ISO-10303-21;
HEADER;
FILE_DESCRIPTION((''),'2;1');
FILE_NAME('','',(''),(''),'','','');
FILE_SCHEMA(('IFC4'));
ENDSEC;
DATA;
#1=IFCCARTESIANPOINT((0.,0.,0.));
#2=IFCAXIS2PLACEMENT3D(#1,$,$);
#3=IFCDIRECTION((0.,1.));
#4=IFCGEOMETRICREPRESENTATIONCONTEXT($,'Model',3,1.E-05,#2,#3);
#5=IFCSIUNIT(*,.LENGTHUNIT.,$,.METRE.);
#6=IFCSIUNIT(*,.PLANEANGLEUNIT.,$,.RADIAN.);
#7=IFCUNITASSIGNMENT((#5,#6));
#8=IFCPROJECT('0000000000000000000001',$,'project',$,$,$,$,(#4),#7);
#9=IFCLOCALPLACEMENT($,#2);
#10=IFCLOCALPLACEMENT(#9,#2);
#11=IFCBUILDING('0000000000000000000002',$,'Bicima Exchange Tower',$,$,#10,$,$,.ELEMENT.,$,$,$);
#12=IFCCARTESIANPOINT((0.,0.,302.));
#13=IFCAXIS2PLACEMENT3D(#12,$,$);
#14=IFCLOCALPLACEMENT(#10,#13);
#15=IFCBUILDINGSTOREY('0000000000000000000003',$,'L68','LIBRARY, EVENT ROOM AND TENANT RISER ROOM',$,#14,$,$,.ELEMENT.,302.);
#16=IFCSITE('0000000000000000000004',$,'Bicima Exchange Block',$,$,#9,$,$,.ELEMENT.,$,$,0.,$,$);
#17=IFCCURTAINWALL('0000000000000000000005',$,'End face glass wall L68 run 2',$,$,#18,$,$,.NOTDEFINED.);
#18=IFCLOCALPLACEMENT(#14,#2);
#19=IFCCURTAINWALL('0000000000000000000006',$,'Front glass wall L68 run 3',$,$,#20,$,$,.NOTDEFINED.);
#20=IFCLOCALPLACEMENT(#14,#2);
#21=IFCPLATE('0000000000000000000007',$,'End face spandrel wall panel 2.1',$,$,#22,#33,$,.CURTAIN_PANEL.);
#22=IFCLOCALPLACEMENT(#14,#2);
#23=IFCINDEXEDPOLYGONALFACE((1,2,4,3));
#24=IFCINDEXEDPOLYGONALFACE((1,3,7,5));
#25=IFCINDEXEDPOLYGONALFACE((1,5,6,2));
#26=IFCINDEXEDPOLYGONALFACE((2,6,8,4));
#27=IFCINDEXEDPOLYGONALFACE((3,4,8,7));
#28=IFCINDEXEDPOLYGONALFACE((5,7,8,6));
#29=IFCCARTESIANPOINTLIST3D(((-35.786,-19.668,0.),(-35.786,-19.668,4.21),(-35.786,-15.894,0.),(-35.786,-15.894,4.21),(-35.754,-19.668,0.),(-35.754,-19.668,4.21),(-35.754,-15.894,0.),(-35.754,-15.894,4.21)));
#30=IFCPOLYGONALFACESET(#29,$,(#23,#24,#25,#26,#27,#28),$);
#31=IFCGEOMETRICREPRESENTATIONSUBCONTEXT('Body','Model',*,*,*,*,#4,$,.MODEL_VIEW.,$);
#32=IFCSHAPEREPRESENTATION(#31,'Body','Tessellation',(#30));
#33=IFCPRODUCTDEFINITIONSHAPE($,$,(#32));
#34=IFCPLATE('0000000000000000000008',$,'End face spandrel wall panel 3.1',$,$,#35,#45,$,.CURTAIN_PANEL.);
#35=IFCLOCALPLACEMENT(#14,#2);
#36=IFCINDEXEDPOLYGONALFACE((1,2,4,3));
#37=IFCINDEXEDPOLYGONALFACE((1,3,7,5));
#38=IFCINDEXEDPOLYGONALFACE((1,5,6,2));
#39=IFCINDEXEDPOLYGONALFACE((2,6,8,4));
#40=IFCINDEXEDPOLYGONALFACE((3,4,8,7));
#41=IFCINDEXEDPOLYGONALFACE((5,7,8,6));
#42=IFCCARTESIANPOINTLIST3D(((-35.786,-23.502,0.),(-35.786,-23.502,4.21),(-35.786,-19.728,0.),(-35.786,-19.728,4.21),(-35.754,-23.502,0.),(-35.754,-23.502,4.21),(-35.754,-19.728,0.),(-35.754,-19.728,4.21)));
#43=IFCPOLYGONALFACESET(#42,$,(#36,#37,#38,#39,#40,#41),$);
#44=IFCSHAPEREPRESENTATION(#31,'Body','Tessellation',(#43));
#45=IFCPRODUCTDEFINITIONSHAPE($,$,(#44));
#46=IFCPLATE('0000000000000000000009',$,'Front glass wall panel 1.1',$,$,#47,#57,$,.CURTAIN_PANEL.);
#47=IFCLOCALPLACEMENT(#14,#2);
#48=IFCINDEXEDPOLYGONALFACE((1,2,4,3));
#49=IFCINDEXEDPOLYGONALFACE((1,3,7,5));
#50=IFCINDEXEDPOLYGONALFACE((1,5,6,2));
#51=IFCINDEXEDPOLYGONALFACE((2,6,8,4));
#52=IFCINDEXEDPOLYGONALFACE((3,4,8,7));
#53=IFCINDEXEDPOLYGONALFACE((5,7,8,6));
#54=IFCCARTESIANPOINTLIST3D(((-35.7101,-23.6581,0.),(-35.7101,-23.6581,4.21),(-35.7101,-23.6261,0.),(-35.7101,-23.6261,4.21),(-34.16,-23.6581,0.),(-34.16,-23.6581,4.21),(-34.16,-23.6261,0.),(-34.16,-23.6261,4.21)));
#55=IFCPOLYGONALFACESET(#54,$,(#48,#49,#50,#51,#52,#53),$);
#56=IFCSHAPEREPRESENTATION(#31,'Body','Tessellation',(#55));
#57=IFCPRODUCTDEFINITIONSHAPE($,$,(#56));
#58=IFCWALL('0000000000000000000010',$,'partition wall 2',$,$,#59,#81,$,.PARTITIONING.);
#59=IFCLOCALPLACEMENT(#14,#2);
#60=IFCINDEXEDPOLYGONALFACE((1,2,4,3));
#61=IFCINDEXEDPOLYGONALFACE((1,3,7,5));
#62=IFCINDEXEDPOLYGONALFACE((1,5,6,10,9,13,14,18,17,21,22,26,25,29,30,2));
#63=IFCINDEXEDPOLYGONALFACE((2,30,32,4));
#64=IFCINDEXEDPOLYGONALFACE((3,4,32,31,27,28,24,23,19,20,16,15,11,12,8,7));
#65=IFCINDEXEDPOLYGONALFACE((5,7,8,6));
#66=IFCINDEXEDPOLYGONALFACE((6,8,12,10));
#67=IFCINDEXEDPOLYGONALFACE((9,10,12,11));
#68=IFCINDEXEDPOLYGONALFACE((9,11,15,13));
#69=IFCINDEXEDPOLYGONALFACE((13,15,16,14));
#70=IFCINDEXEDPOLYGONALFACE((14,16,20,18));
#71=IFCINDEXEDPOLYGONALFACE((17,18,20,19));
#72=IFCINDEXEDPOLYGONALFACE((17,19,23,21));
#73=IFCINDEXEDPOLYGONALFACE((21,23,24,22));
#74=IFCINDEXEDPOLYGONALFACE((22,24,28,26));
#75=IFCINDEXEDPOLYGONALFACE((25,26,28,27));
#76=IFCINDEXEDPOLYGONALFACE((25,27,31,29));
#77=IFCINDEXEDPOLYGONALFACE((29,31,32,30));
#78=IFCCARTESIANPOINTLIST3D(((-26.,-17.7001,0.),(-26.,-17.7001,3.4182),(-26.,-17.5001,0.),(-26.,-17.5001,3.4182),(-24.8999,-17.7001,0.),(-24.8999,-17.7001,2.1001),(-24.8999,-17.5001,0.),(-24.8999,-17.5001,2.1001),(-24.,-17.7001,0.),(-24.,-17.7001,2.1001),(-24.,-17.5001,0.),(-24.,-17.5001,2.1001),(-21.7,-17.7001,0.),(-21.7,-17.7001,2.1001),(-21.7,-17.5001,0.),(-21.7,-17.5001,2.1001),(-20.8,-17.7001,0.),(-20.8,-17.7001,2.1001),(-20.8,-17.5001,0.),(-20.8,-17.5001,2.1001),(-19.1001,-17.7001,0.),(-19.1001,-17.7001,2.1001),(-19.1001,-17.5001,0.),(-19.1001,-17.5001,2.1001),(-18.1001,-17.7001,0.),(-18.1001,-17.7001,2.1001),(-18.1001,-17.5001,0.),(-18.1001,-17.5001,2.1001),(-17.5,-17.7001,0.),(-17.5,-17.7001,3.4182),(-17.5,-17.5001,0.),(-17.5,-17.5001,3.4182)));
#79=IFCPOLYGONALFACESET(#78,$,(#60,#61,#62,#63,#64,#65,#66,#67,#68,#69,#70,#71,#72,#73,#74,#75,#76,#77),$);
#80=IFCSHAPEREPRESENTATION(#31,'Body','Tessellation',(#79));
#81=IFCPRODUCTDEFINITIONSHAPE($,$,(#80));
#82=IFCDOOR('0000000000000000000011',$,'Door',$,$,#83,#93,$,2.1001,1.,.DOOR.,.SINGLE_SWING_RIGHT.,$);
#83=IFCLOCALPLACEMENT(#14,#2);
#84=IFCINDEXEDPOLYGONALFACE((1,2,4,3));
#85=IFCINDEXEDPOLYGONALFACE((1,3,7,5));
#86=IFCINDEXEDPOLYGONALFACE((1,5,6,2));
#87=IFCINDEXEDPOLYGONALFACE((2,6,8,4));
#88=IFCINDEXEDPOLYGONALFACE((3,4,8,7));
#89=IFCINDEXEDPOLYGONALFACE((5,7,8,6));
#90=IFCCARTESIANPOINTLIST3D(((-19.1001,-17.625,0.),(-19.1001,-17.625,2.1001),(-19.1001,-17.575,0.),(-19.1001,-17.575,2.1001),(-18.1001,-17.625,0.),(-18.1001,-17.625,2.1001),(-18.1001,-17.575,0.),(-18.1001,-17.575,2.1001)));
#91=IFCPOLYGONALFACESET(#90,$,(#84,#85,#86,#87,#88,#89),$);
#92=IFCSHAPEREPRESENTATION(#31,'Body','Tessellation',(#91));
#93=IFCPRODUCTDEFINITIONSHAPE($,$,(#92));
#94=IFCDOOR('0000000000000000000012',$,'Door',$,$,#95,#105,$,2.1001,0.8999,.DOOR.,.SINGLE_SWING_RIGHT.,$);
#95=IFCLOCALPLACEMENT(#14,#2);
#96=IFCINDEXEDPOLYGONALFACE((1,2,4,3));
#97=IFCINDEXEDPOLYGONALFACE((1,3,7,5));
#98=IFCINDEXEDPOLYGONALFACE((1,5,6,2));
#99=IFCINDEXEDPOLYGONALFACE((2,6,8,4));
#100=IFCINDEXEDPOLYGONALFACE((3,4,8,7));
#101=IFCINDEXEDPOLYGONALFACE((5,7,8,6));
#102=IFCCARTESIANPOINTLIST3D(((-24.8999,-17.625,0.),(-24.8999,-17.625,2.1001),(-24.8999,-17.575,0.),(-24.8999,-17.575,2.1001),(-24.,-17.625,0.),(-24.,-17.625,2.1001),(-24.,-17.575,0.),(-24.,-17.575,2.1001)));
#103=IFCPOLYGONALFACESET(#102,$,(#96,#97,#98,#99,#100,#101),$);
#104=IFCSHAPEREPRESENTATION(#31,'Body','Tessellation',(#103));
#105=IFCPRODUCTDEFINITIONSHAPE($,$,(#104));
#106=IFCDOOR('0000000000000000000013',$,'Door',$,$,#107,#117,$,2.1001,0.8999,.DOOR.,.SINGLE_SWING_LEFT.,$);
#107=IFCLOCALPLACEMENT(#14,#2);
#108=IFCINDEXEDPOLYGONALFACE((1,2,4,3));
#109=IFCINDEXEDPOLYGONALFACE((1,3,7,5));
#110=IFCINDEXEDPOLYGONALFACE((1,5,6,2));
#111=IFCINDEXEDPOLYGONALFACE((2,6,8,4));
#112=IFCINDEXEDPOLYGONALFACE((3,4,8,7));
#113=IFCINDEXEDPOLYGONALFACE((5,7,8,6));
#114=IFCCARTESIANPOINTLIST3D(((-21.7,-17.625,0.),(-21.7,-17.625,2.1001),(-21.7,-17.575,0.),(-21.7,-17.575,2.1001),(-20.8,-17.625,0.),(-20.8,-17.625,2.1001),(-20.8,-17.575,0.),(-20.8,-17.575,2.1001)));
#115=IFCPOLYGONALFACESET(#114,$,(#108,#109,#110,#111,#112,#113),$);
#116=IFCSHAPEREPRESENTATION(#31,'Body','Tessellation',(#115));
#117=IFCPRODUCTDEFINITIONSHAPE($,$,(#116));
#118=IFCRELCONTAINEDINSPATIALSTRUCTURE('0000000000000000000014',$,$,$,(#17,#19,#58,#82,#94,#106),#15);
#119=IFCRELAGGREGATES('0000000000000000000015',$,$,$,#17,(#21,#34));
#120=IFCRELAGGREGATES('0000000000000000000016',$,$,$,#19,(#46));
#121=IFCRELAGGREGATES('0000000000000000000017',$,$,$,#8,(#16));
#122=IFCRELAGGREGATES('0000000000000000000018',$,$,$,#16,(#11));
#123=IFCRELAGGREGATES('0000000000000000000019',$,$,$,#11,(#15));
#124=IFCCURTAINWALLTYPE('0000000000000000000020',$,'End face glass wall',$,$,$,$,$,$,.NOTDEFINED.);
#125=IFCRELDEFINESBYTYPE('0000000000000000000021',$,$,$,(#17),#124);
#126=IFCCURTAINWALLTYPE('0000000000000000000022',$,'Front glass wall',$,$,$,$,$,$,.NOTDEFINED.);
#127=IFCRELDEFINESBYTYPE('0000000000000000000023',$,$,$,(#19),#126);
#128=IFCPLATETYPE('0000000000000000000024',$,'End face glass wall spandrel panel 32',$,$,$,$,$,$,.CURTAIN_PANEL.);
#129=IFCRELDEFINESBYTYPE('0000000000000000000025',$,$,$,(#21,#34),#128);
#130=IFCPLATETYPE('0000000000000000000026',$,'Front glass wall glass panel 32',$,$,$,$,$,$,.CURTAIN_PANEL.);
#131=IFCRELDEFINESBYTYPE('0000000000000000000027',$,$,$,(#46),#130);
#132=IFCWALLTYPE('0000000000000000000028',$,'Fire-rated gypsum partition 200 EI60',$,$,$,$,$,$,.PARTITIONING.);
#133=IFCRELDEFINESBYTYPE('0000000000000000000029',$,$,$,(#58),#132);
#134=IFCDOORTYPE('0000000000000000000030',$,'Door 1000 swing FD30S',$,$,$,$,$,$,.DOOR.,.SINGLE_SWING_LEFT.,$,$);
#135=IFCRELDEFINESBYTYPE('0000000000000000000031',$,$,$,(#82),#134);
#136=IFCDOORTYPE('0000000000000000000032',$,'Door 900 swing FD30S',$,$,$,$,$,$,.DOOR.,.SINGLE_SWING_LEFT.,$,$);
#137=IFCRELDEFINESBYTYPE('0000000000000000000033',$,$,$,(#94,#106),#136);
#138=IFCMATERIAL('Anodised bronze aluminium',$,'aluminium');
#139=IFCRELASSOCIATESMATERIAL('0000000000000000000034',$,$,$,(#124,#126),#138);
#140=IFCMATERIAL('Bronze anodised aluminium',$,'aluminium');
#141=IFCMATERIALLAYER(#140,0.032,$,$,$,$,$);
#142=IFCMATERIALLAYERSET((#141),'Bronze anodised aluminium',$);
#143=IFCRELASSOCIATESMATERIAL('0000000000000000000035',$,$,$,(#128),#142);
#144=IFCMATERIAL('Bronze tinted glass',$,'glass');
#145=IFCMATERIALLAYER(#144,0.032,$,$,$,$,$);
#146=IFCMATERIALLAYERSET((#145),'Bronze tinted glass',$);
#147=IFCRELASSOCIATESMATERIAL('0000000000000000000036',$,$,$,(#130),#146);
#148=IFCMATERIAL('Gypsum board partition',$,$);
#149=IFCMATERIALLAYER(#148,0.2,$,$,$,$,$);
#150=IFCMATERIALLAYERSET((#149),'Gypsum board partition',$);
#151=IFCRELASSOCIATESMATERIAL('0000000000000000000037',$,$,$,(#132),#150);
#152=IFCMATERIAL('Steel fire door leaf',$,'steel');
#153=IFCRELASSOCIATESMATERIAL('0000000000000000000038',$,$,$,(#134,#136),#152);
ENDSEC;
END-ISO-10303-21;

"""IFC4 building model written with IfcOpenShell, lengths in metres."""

from ifc_helpers import new_model, si_unit, direction, frame, frame_2d, origin, origin_2d, place, context, subcontext, project, spatial, rectangle, extrude, material, layer, layer_set, type_object, element, fill, aggregate, save


model = new_model("IFC4")

# Units and contexts
model_context = context("Model", 3, precision=1e-05, world=origin(), true_north=direction((0.0, 1.0)))
body_context = subcontext(model_context, "Body", "Model", "MODEL_VIEW")
ifc_project = project(units=[si_unit("LENGTHUNIT", "METRE"), si_unit("PLANEANGLEUNIT", "RADIAN")], contexts=[model_context])

# Site, building, storey
site_placement = place(None, origin())
site = spatial("IfcSite", under=ifc_project, at=site_placement, Name="Bicima Exchange Block", CompositionType="ELEMENT", RefElevation=0.0)
building_placement = place(site_placement, origin())
building = spatial("IfcBuilding", under=site, at=building_placement, Name="Bicima Exchange Tower", CompositionType="ELEMENT")
storey_placement = place(building_placement, frame((0.0, 0.0, 302.0)))
storey = spatial("IfcBuildingStorey", under=building, at=storey_placement, Name="L68", Description="LIBRARY, EVENT ROOM AND TENANT RISER ROOM", CompositionType="ELEMENT", Elevation=302.0)

# Curtain wall
ifc_material_1 = material(Name="Anodised bronze aluminium", Category="aluminium")
curtain_wall_type_1 = type_object("IfcCurtainWallType", Name="End face glass wall", PredefinedType="NOTDEFINED", material=ifc_material_1)
curtain_wall_1_placement = place(storey_placement, origin())
curtain_wall_1 = element("IfcCurtainWall", 1, at=curtain_wall_1_placement, inside=storey, type_object=curtain_wall_type_1, Name="End face glass wall L68 run 2", PredefinedType="NOTDEFINED")

# Curtain wall
curtain_wall_type_2 = type_object("IfcCurtainWallType", Name="Front glass wall", PredefinedType="NOTDEFINED", material=ifc_material_1)
curtain_wall_2_placement = place(storey_placement, origin())
curtain_wall_2 = element("IfcCurtainWall", 2, at=curtain_wall_2_placement, inside=storey, type_object=curtain_wall_type_2, Name="Front glass wall L68 run 3", PredefinedType="NOTDEFINED")

# Plates
ifc_material_2 = material(Name="Bronze tinted glass", Category="glass")
ifc_material_3 = material(Name="Bronze anodised aluminium", Category="aluminium")
ifc_layer_1 = layer(ifc_material_3, 0.032)
ifc_layer_set_1 = layer_set([ifc_layer_1], Name="Bronze anodised aluminium")
plate_type_1 = type_object("IfcPlateType", Name="End face glass wall spandrel panel 32", PredefinedType="CURTAIN_PANEL", material=ifc_layer_set_1)
plate_1_placement = place(storey_placement, frame((-35.77, -17.781, 0.0), z_axis=(0.0, 0.0, 1.0), x_axis=(0.0, -1.0, 0.0)))
plate_1 = element("IfcPlate", 3, at=plate_1_placement, type_object=plate_type_1, Name="End face spandrel wall panel 2.1", PredefinedType="CURTAIN_PANEL", context=body_context, shape_type="SweptSolid", body=[
    extrude(rectangle(XDim=3.7739, YDim=0.032, at=origin_2d()), origin(), (0.0, 0.0, 1.0), 4.21),
])
plate_2_placement = place(storey_placement, frame((-35.77, -21.615, 0.0), z_axis=(0.0, 0.0, 1.0), x_axis=(0.0, -1.0, 0.0)))
plate_2 = element("IfcPlate", 4, at=plate_2_placement, type_object=plate_type_1, Name="End face spandrel wall panel 3.1", PredefinedType="CURTAIN_PANEL", context=body_context, shape_type="SweptSolid", body=[
    extrude(rectangle(XDim=3.7739, YDim=0.032, at=origin_2d()), origin(), (0.0, 0.0, 1.0), 4.21),
])
aggregate(curtain_wall_1, [plate_1, plate_2])
ifc_layer_2 = layer(ifc_material_2, 0.032)
ifc_layer_set_2 = layer_set([ifc_layer_2], Name="Bronze tinted glass")
plate_type_2 = type_object("IfcPlateType", Name="Front glass wall glass panel 32", PredefinedType="CURTAIN_PANEL", material=ifc_layer_set_2)
plate_3_placement = place(storey_placement, frame((-34.9351, -23.6421, 0.0), z_axis=(0.0, 0.0, 1.0), x_axis=(1.0, 0.0, 0.0)))
plate_3 = element("IfcPlate", 5, at=plate_3_placement, type_object=plate_type_2, Name="Front glass wall panel 1.1", PredefinedType="CURTAIN_PANEL", context=body_context, shape_type="SweptSolid", body=[
    extrude(rectangle(XDim=1.55, YDim=0.032, at=origin_2d()), origin(), (0.0, 0.0, 1.0), 4.21),
])
aggregate(curtain_wall_2, [plate_3])

# Wall, openings, doors
ifc_material_4 = material(Name="Gypsum board partition")
ifc_layer_3 = layer(ifc_material_4, 0.2)
ifc_layer_set_3 = layer_set([ifc_layer_3], Name="Gypsum board partition")
wall_type_1 = type_object("IfcWallType", Name="Fire-rated gypsum partition 200 EI60", PredefinedType="PARTITIONING", material=ifc_layer_set_3)
wall_1_placement = place(storey_placement, frame((-26.0, -17.6001, 0.0), z_axis=(0.0, 0.0, 1.0), x_axis=(1.0, 0.0, 0.0)))
wall_1 = element("IfcWall", 6, at=wall_1_placement, inside=storey, type_object=wall_type_1, Name="partition wall 2", PredefinedType="PARTITIONING", context=body_context, shape_type="SweptSolid", body=[
    extrude(rectangle(XDim=8.5, YDim=0.2, at=frame_2d((4.25, 0.0))), origin(), (0.0, 0.0, 1.0), 3.4182),
])
opening_1_placement = place(wall_1_placement, frame((1.1001, 0.0, 0.0)))
opening_1 = element("IfcOpeningElement", 7, at=opening_1_placement, cuts=wall_1, PredefinedType="OPENING", context=body_context, shape_type="SweptSolid", body=[
    extrude(rectangle(XDim=0.8999, YDim=2.1001, at=frame_2d((0.45, 1.05))), frame((0.0, 0.1118, 0.0), z_axis=(0.0, -1.0, 0.0), x_axis=(1.0, 0.0, 0.0)), (0.0, 0.0, 1.0), 0.2239),
])
opening_2_placement = place(wall_1_placement, frame((4.3, 0.0, 0.0)))
opening_2 = element("IfcOpeningElement", 8, at=opening_2_placement, cuts=wall_1, PredefinedType="OPENING", context=body_context, shape_type="SweptSolid", body=[
    extrude(rectangle(XDim=0.8999, YDim=2.1001, at=frame_2d((0.45, 1.05))), frame((0.0, 0.1118, 0.0), z_axis=(0.0, -1.0, 0.0), x_axis=(1.0, 0.0, 0.0)), (0.0, 0.0, 1.0), 0.2239),
])
opening_3_placement = place(wall_1_placement, frame((6.8999, 0.0, 0.0)))
opening_3 = element("IfcOpeningElement", 9, at=opening_3_placement, cuts=wall_1, PredefinedType="OPENING", context=body_context, shape_type="SweptSolid", body=[
    extrude(rectangle(XDim=1.0, YDim=2.1001, at=frame_2d((0.5, 1.05))), frame((0.0, 0.1118, 0.0), z_axis=(0.0, -1.0, 0.0), x_axis=(1.0, 0.0, 0.0)), (0.0, 0.0, 1.0), 0.2239),
])
ifc_material_5 = material(Name="Steel fire door leaf", Category="steel")
door_type_1 = type_object("IfcDoorType", Name="Door 1000 swing FD30S", OperationType="SINGLE_SWING_LEFT", PredefinedType="DOOR", material=ifc_material_5)
door_1_placement = place(opening_3_placement, frame((1.0, 0.0, 0.0), z_axis=(0.0, 0.0, 1.0), x_axis=(-1.0, 0.0, 0.0)))
door_1 = element("IfcDoor", 10, at=door_1_placement, inside=storey, type_object=door_type_1, Name="Door", OperationType="SINGLE_SWING_RIGHT", OverallHeight=2.1001, OverallWidth=1.0, PredefinedType="DOOR", context=body_context, shape_type="SweptSolid", body=[
    extrude(rectangle(XDim=1.0, YDim=2.1001, at=frame_2d((0.5, 1.05))), frame((0.0, 0.0249, 0.0), z_axis=(0.0, -1.0, 0.0), x_axis=(1.0, 0.0, 0.0)), (0.0, 0.0, 1.0), 0.05),
])
fill(opening_3, door_1)
door_type_2 = type_object("IfcDoorType", Name="Door 900 swing FD30S", OperationType="SINGLE_SWING_LEFT", PredefinedType="DOOR", material=ifc_material_5)
door_2_placement = place(opening_1_placement, frame((0.8999, 0.0, 0.0), z_axis=(0.0, 0.0, 1.0), x_axis=(-1.0, 0.0, 0.0)))
door_2 = element("IfcDoor", 11, at=door_2_placement, inside=storey, type_object=door_type_2, Name="Door", OperationType="SINGLE_SWING_RIGHT", OverallHeight=2.1001, OverallWidth=0.8999, PredefinedType="DOOR", context=body_context, shape_type="SweptSolid", body=[
    extrude(rectangle(XDim=0.8999, YDim=2.1001, at=frame_2d((0.45, 1.05))), frame((0.0, 0.0249, 0.0), z_axis=(0.0, -1.0, 0.0), x_axis=(1.0, 0.0, 0.0)), (0.0, 0.0, 1.0), 0.05),
])
fill(opening_1, door_2)
door_3_placement = place(opening_2_placement, frame((0.8999, 0.0, 0.0), z_axis=(0.0, 0.0, 1.0), x_axis=(-1.0, 0.0, 0.0)))
door_3 = element("IfcDoor", 12, at=door_3_placement, inside=storey, type_object=door_type_2, Name="Door", OperationType="SINGLE_SWING_LEFT", OverallHeight=2.1001, OverallWidth=0.8999, PredefinedType="DOOR", context=body_context, shape_type="SweptSolid", body=[
    extrude(rectangle(XDim=0.8999, YDim=2.1001, at=frame_2d((0.45, 1.05))), frame((0.0, 0.0249, 0.0), z_axis=(0.0, -1.0, 0.0), x_axis=(1.0, 0.0, 0.0)), (0.0, 0.0, 1.0), 0.05),
])
fill(opening_2, door_3)

save(model, "model.ifc")
